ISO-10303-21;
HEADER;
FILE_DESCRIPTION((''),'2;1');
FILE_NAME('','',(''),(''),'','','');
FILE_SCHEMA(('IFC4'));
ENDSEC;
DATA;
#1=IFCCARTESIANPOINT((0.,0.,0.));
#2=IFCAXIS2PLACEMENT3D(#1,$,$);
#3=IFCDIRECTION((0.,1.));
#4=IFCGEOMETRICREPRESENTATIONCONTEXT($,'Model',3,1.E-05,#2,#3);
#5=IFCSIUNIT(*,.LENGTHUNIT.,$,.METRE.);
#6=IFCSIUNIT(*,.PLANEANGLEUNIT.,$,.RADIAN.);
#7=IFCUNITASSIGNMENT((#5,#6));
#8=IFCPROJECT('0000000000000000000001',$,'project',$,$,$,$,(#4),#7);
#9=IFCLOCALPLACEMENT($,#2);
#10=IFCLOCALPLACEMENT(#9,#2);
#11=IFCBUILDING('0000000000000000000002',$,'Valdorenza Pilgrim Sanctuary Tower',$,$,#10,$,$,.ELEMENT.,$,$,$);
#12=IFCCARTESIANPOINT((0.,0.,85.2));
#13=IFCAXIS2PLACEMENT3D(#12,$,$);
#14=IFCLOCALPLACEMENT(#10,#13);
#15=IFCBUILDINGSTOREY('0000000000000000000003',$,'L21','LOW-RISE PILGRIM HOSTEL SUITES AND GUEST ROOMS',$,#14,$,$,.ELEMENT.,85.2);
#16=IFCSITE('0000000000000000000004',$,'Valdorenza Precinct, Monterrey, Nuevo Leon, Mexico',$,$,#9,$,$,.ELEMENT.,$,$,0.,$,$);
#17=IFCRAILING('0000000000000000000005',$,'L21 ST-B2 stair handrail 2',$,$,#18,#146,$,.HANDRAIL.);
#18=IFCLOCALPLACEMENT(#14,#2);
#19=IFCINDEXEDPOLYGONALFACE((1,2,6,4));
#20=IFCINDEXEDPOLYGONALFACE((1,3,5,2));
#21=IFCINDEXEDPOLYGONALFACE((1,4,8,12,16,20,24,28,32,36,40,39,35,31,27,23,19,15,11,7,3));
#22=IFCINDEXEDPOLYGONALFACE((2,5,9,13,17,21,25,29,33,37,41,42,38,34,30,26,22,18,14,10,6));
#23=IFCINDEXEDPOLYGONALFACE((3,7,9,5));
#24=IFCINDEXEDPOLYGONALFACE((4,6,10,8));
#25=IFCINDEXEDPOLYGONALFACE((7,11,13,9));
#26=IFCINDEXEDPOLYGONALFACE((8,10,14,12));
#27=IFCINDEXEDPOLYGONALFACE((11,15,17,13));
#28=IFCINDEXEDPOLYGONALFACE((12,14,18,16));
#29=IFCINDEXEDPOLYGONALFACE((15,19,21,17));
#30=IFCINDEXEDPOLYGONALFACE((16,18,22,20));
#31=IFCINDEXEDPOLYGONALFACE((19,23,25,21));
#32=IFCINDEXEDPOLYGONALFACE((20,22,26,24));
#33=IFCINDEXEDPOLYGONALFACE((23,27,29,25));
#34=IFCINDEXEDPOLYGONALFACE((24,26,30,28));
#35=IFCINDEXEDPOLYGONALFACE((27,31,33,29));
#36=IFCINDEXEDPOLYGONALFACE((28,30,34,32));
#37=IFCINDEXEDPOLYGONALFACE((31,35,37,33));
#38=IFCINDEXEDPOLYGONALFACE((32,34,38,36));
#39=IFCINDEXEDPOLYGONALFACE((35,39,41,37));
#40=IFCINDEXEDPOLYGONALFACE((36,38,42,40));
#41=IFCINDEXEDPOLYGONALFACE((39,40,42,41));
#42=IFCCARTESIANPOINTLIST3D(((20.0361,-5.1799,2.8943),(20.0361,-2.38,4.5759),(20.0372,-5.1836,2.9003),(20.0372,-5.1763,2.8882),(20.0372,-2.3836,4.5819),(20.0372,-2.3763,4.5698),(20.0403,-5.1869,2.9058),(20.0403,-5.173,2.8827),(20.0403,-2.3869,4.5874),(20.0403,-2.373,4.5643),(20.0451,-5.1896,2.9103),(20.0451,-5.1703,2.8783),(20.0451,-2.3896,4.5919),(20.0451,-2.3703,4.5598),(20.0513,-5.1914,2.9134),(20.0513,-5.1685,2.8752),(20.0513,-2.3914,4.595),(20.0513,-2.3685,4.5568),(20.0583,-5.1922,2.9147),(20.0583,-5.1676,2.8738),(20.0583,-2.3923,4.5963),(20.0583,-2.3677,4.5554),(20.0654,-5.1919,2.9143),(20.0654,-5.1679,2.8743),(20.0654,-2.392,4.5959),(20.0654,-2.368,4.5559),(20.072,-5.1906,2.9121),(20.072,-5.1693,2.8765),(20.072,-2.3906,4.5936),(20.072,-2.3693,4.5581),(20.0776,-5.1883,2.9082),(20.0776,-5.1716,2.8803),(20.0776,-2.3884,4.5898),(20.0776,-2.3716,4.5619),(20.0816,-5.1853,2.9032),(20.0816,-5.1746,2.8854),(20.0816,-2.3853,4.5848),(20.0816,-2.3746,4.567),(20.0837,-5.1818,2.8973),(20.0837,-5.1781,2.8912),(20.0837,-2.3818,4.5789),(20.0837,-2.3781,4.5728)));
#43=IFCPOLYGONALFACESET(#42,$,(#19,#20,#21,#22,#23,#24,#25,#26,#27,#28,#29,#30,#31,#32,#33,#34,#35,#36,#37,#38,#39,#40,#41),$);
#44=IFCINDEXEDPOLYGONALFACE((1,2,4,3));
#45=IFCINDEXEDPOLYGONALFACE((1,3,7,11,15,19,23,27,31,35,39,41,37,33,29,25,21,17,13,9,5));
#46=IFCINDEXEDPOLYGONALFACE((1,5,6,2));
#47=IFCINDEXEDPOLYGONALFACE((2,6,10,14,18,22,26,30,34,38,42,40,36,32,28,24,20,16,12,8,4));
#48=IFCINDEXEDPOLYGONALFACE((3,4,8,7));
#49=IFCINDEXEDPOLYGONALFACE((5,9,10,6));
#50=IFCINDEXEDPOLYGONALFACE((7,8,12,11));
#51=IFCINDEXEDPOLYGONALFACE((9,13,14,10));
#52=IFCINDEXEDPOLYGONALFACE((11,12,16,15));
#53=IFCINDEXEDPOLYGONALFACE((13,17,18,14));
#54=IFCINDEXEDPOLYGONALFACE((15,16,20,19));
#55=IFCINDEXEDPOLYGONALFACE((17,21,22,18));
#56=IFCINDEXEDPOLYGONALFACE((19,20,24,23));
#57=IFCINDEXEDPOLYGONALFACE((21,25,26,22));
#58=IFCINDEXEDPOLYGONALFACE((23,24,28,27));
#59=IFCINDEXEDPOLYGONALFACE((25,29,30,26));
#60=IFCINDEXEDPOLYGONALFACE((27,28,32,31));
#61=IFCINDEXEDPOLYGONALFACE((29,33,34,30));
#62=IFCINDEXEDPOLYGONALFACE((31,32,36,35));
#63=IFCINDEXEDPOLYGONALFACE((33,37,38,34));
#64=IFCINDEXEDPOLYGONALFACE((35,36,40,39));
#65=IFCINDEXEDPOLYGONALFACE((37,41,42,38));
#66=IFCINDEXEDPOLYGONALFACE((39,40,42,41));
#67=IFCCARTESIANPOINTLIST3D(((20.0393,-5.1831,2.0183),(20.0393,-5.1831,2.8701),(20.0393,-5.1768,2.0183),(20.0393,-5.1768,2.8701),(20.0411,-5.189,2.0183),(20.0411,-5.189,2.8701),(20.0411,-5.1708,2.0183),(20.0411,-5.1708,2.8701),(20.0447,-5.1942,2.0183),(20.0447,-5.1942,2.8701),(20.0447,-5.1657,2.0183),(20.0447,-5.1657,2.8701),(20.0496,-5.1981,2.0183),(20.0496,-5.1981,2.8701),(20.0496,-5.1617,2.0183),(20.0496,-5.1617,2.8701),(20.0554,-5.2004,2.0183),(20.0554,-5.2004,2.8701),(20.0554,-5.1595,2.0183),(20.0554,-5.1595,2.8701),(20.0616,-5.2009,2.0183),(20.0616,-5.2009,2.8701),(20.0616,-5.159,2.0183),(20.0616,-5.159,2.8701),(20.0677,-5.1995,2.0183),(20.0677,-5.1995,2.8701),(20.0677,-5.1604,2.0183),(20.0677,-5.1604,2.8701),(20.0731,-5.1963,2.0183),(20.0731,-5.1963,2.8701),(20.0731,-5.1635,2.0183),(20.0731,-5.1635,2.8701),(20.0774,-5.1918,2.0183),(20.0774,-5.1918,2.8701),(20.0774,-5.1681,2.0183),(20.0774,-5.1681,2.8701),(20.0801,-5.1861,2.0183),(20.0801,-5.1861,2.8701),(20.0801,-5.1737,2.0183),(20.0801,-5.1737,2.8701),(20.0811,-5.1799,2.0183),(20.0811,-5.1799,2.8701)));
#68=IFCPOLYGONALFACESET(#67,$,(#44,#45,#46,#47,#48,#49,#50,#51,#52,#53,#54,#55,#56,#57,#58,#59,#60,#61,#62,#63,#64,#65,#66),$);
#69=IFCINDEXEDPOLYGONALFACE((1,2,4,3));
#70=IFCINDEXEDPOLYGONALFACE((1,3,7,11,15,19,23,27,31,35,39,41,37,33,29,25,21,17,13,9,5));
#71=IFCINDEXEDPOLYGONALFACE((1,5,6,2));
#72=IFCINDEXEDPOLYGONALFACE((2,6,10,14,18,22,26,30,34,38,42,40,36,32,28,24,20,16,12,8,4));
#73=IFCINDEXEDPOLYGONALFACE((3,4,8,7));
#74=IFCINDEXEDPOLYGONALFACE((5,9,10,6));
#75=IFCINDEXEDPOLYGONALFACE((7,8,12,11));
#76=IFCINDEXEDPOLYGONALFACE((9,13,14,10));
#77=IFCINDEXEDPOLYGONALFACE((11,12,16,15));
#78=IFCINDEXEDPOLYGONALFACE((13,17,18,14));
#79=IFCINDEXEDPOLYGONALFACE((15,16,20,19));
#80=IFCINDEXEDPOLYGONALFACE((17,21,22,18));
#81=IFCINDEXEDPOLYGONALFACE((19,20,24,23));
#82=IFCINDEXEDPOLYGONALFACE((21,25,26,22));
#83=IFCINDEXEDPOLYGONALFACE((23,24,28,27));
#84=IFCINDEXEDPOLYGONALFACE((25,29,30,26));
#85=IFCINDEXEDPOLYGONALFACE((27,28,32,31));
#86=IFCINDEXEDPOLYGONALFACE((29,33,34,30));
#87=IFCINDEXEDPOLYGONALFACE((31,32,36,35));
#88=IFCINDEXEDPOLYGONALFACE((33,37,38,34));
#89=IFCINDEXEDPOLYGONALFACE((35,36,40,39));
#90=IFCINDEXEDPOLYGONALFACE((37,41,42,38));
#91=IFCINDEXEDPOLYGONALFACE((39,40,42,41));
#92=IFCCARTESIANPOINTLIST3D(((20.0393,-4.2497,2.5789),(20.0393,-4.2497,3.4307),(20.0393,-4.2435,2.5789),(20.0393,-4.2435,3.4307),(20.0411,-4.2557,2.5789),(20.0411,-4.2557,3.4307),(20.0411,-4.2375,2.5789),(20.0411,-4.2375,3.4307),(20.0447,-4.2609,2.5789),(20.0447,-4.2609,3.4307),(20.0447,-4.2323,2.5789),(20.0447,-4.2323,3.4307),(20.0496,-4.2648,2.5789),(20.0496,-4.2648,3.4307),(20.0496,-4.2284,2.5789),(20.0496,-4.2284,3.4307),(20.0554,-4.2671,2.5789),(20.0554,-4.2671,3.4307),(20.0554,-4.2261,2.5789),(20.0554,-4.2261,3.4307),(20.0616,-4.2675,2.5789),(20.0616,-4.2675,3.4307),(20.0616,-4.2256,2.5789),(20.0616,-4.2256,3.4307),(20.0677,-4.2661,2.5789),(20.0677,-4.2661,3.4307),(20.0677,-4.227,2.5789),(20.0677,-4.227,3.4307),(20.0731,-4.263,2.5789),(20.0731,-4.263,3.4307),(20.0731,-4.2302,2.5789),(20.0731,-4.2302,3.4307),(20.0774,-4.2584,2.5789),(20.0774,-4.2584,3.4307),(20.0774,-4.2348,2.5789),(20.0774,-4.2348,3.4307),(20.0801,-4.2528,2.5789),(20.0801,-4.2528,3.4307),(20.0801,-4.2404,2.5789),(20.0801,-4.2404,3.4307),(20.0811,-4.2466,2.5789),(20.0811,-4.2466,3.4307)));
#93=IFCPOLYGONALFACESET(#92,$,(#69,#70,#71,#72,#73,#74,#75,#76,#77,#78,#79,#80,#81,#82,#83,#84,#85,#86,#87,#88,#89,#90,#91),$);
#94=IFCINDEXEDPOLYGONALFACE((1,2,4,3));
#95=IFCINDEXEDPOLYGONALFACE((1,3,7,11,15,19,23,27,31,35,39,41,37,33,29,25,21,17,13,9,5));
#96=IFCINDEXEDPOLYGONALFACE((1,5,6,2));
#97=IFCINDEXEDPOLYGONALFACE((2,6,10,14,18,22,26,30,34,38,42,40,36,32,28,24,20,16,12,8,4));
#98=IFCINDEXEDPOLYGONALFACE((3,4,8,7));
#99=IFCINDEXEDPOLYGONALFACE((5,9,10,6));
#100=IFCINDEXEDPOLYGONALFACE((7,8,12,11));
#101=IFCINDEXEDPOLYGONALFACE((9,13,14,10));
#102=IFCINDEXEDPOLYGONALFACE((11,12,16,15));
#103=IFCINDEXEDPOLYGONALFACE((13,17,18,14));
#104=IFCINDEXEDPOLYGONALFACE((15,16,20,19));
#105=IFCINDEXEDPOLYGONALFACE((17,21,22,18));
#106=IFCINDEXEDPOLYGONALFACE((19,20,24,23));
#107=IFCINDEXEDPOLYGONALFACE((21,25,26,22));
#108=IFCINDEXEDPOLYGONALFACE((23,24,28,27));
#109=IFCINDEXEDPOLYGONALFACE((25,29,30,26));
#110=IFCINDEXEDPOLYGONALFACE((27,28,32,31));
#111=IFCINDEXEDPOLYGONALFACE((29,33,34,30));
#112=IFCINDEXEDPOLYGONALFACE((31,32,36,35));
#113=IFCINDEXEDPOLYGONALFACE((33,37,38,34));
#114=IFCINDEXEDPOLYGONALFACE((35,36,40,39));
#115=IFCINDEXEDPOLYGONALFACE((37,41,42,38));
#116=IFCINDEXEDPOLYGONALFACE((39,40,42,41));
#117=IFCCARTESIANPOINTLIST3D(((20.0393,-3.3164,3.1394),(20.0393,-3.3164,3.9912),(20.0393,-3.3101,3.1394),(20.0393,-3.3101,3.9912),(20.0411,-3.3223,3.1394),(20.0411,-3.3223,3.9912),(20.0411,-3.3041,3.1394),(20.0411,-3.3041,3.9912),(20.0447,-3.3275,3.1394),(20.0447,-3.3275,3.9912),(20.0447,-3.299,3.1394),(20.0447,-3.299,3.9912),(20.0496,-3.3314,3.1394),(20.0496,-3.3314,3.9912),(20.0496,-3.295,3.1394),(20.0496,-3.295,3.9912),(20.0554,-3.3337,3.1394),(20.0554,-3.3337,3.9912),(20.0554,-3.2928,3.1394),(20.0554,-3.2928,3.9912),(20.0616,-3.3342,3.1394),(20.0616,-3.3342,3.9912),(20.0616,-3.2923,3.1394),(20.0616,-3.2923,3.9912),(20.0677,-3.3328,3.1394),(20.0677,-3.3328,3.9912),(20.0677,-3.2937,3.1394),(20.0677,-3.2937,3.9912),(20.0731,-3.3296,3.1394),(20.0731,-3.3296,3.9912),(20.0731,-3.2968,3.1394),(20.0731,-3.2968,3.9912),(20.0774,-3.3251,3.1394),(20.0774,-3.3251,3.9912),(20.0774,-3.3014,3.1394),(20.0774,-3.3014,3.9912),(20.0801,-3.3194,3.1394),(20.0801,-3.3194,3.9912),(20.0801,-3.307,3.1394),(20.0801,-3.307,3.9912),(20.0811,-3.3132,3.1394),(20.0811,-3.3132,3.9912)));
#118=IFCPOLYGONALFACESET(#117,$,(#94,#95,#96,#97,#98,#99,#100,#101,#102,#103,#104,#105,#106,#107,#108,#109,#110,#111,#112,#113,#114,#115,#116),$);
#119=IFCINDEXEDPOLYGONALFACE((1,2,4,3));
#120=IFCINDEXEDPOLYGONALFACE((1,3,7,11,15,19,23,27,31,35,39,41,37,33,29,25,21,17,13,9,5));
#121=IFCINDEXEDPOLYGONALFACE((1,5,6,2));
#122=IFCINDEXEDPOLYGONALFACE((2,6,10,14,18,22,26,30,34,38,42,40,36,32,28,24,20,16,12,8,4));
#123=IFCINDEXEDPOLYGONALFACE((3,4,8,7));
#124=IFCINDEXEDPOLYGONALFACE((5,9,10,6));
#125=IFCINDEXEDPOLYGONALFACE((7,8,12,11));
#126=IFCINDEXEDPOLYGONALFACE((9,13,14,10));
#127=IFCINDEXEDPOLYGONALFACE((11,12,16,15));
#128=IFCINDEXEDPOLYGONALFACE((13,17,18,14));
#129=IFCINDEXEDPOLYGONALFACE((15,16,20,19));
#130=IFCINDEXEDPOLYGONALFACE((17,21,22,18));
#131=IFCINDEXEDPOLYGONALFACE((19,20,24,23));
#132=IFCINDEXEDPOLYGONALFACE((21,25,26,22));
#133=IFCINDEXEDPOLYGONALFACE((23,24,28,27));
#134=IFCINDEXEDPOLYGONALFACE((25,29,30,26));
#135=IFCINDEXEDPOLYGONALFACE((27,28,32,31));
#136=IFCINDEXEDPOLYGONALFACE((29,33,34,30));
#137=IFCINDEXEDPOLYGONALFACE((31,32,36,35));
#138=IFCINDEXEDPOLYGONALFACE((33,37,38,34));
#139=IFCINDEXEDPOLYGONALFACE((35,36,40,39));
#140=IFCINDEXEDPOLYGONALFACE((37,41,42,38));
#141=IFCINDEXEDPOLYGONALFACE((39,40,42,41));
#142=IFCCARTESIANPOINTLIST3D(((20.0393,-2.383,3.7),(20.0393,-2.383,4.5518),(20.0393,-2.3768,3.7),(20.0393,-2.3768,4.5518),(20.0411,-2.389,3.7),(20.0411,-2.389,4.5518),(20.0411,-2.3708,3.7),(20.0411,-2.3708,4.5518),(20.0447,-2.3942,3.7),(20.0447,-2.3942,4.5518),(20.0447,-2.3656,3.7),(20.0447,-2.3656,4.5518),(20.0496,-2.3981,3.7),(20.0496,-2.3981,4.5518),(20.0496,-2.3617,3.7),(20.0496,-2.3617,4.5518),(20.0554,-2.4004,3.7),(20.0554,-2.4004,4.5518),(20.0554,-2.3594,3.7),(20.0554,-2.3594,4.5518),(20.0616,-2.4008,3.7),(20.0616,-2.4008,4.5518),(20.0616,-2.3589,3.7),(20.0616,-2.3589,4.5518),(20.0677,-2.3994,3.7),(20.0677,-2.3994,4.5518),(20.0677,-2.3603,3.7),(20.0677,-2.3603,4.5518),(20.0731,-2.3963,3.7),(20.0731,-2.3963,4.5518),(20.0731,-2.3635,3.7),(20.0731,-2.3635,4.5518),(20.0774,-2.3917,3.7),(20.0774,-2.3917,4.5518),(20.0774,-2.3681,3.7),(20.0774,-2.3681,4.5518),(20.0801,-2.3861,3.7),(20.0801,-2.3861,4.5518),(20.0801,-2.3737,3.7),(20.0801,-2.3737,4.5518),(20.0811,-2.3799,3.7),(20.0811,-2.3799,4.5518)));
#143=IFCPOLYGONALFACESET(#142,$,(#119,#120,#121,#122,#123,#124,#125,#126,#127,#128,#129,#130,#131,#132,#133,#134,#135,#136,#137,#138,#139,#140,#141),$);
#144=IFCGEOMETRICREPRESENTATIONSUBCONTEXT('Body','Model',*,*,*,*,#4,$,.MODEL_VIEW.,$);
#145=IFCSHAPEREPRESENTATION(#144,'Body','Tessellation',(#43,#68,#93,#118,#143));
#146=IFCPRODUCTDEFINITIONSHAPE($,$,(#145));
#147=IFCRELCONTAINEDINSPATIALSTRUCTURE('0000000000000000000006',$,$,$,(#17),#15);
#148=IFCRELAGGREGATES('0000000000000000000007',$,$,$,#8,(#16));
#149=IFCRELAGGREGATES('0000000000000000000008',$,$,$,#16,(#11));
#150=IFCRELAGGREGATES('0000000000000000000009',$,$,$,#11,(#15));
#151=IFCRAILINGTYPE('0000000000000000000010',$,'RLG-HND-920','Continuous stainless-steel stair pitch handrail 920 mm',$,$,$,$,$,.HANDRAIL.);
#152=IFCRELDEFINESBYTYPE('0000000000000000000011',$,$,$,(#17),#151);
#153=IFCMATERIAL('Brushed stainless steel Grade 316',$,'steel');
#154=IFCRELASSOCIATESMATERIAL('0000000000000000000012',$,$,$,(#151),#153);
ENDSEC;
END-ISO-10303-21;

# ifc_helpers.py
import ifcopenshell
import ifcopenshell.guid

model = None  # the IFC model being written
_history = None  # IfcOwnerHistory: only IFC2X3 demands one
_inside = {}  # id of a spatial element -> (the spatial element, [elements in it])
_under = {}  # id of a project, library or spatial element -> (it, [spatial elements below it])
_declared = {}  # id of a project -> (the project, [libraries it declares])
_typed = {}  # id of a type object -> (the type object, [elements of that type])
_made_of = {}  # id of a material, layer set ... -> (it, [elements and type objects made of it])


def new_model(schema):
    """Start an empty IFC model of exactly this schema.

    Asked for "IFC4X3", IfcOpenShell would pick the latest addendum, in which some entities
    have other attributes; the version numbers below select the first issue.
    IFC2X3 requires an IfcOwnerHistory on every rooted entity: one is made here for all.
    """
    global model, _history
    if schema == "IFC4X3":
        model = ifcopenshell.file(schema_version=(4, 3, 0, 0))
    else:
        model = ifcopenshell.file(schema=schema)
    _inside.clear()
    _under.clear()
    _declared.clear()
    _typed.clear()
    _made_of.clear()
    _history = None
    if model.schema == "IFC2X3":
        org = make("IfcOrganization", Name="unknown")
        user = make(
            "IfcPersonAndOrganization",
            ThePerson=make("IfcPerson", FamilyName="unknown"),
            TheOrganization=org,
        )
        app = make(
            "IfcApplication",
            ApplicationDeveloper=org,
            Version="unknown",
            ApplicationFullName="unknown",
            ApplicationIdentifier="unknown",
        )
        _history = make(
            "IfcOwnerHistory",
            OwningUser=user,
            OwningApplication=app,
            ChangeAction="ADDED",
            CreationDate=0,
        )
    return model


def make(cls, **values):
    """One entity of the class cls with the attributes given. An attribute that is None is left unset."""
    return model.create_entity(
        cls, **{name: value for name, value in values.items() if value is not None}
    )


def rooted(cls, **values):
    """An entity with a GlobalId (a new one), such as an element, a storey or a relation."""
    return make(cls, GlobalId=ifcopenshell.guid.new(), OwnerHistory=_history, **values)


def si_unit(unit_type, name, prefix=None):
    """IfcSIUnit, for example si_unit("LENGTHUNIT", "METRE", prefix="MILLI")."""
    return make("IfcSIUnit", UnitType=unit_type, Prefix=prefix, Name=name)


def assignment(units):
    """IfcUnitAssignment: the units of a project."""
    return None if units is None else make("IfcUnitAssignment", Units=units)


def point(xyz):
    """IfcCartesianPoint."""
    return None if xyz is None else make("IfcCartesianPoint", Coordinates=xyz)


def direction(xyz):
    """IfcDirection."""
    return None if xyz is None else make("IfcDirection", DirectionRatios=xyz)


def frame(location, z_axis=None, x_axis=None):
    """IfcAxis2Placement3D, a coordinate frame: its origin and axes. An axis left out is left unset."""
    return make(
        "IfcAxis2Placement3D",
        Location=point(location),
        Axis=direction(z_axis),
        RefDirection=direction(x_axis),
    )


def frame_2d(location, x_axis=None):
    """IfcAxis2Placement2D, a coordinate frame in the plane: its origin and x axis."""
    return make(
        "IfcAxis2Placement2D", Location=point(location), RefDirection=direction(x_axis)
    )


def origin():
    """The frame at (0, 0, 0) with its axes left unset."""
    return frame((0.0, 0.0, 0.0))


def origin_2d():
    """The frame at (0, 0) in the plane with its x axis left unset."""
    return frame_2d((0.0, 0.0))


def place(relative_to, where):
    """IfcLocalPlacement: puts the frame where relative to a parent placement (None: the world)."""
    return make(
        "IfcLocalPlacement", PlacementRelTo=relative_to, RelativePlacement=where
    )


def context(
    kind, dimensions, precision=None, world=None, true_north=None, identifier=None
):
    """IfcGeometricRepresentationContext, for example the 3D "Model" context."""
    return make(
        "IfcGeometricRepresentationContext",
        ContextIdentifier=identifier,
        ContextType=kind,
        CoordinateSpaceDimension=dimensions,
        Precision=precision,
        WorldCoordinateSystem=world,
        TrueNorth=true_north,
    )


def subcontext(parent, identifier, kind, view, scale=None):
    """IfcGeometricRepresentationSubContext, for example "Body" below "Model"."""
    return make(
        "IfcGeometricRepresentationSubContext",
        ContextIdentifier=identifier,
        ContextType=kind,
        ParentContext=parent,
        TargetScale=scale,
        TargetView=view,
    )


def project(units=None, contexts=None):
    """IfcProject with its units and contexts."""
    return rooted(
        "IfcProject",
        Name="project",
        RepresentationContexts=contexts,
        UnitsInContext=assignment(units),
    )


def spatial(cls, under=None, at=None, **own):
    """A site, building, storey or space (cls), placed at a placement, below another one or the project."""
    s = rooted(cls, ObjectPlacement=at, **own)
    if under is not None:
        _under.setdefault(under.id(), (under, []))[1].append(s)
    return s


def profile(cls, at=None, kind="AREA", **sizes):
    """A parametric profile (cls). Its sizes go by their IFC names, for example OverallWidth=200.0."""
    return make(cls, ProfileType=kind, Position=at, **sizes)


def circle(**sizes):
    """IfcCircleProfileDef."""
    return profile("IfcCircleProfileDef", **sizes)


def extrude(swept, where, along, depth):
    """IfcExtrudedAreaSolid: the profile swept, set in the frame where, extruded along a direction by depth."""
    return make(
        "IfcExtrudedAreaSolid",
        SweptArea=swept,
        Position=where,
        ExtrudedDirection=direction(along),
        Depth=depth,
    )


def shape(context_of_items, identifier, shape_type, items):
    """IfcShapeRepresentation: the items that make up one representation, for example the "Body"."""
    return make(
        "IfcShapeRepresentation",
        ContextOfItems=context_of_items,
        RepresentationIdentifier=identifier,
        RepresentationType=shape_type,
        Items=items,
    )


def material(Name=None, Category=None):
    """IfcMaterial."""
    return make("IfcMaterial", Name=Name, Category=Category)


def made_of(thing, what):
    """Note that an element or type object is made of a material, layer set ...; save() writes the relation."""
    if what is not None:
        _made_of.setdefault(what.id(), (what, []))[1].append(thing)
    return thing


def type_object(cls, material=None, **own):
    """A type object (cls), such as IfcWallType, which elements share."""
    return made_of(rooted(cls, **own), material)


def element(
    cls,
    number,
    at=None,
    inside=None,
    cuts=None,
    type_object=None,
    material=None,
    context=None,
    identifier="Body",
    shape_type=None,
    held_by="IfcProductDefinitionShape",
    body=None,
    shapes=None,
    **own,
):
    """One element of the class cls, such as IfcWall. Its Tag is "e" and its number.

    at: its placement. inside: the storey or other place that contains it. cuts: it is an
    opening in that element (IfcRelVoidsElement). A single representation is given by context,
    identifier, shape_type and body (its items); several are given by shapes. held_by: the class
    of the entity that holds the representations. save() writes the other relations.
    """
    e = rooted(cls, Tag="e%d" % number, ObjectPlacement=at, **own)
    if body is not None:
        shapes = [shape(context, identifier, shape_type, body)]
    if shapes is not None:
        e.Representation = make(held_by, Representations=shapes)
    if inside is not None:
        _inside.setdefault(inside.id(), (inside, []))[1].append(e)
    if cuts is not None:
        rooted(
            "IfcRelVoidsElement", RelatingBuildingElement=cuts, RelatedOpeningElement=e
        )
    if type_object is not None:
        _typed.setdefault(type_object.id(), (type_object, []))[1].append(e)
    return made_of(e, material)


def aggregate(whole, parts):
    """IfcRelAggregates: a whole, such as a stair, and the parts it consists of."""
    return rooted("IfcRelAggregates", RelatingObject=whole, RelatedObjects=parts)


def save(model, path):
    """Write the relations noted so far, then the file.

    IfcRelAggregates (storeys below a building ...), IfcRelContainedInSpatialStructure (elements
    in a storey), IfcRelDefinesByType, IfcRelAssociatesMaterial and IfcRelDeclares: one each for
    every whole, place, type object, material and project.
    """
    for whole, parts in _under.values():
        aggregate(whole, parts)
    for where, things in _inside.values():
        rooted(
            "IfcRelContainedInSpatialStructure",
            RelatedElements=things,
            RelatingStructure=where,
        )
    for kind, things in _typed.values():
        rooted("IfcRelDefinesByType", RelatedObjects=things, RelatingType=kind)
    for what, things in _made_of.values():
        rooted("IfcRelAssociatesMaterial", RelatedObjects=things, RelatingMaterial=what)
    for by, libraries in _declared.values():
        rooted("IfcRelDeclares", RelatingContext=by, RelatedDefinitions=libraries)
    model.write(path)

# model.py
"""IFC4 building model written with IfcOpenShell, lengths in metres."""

from ifc_helpers import new_model, si_unit, direction, frame, origin, origin_2d, place, context, subcontext, project, spatial, circle, extrude, material, type_object, element, save


model = new_model("IFC4")

# Units and contexts
model_context = context("Model", 3, precision=1e-05, world=origin(), true_north=direction((0.0, 1.0)))
body_context = subcontext(model_context, "Body", "Model", "MODEL_VIEW")
ifc_project = project(units=[si_unit("LENGTHUNIT", "METRE"), si_unit("PLANEANGLEUNIT", "RADIAN")], contexts=[model_context])

# Site, building, storey
site_placement = place(None, origin())
site = spatial("IfcSite", under=ifc_project, at=site_placement, Name="Valdorenza Precinct, Monterrey, Nuevo Leon, Mexico", CompositionType="ELEMENT", RefElevation=0.0)
building_placement = place(site_placement, origin())
building = spatial("IfcBuilding", under=site, at=building_placement, Name="Valdorenza Pilgrim Sanctuary Tower", CompositionType="ELEMENT")
storey_placement = place(building_placement, frame((0.0, 0.0, 85.2)))
storey = spatial("IfcBuildingStorey", under=building, at=storey_placement, Name="L21", Description="LOW-RISE PILGRIM HOSTEL SUITES AND GUEST ROOMS", CompositionType="ELEMENT", Elevation=85.2)

# Shared definitions
ifc_material_1 = material(Name="Brushed stainless steel Grade 316", Category="steel")

# Railing
railing_type_1 = type_object("IfcRailingType", Name="RLG-HND-920", Description="Continuous stainless-steel stair pitch handrail 920 mm", PredefinedType="HANDRAIL", material=ifc_material_1)
railing_1_placement = place(storey_placement, frame((20.0601, -5.1799, 2.0183)))
element("IfcRailing", 1, at=railing_1_placement, inside=storey, type_object=railing_type_1, Name="L21 ST-B2 stair handrail 2", PredefinedType="HANDRAIL", context=body_context, shape_type="SweptSolid", body=[
    extrude(circle(Radius=0.0239, at=origin_2d()), frame((0.0, 0.0, 0.876), z_axis=(0.0, 0.857275, 0.514858), x_axis=(-1.0, 0.0, 0.0)), (0.0, 0.0, 1.0), 3.2661),
    extrude(circle(Radius=0.021, at=origin_2d()), origin(), (0.0, 0.0, 1.0), 0.8518),
    extrude(circle(Radius=0.021, at=origin_2d()), frame((0.0, 0.9333, 0.5605)), (0.0, 0.0, 1.0), 0.8518),
    extrude(circle(Radius=0.021, at=origin_2d()), frame((0.0, 1.8667, 1.1211)), (0.0, 0.0, 1.0), 0.8518),
    extrude(circle(Radius=0.021, at=origin_2d()), frame((0.0, 2.8, 1.6816)), (0.0, 0.0, 1.0), 0.8518),
])

save(model, "model.ifc")
